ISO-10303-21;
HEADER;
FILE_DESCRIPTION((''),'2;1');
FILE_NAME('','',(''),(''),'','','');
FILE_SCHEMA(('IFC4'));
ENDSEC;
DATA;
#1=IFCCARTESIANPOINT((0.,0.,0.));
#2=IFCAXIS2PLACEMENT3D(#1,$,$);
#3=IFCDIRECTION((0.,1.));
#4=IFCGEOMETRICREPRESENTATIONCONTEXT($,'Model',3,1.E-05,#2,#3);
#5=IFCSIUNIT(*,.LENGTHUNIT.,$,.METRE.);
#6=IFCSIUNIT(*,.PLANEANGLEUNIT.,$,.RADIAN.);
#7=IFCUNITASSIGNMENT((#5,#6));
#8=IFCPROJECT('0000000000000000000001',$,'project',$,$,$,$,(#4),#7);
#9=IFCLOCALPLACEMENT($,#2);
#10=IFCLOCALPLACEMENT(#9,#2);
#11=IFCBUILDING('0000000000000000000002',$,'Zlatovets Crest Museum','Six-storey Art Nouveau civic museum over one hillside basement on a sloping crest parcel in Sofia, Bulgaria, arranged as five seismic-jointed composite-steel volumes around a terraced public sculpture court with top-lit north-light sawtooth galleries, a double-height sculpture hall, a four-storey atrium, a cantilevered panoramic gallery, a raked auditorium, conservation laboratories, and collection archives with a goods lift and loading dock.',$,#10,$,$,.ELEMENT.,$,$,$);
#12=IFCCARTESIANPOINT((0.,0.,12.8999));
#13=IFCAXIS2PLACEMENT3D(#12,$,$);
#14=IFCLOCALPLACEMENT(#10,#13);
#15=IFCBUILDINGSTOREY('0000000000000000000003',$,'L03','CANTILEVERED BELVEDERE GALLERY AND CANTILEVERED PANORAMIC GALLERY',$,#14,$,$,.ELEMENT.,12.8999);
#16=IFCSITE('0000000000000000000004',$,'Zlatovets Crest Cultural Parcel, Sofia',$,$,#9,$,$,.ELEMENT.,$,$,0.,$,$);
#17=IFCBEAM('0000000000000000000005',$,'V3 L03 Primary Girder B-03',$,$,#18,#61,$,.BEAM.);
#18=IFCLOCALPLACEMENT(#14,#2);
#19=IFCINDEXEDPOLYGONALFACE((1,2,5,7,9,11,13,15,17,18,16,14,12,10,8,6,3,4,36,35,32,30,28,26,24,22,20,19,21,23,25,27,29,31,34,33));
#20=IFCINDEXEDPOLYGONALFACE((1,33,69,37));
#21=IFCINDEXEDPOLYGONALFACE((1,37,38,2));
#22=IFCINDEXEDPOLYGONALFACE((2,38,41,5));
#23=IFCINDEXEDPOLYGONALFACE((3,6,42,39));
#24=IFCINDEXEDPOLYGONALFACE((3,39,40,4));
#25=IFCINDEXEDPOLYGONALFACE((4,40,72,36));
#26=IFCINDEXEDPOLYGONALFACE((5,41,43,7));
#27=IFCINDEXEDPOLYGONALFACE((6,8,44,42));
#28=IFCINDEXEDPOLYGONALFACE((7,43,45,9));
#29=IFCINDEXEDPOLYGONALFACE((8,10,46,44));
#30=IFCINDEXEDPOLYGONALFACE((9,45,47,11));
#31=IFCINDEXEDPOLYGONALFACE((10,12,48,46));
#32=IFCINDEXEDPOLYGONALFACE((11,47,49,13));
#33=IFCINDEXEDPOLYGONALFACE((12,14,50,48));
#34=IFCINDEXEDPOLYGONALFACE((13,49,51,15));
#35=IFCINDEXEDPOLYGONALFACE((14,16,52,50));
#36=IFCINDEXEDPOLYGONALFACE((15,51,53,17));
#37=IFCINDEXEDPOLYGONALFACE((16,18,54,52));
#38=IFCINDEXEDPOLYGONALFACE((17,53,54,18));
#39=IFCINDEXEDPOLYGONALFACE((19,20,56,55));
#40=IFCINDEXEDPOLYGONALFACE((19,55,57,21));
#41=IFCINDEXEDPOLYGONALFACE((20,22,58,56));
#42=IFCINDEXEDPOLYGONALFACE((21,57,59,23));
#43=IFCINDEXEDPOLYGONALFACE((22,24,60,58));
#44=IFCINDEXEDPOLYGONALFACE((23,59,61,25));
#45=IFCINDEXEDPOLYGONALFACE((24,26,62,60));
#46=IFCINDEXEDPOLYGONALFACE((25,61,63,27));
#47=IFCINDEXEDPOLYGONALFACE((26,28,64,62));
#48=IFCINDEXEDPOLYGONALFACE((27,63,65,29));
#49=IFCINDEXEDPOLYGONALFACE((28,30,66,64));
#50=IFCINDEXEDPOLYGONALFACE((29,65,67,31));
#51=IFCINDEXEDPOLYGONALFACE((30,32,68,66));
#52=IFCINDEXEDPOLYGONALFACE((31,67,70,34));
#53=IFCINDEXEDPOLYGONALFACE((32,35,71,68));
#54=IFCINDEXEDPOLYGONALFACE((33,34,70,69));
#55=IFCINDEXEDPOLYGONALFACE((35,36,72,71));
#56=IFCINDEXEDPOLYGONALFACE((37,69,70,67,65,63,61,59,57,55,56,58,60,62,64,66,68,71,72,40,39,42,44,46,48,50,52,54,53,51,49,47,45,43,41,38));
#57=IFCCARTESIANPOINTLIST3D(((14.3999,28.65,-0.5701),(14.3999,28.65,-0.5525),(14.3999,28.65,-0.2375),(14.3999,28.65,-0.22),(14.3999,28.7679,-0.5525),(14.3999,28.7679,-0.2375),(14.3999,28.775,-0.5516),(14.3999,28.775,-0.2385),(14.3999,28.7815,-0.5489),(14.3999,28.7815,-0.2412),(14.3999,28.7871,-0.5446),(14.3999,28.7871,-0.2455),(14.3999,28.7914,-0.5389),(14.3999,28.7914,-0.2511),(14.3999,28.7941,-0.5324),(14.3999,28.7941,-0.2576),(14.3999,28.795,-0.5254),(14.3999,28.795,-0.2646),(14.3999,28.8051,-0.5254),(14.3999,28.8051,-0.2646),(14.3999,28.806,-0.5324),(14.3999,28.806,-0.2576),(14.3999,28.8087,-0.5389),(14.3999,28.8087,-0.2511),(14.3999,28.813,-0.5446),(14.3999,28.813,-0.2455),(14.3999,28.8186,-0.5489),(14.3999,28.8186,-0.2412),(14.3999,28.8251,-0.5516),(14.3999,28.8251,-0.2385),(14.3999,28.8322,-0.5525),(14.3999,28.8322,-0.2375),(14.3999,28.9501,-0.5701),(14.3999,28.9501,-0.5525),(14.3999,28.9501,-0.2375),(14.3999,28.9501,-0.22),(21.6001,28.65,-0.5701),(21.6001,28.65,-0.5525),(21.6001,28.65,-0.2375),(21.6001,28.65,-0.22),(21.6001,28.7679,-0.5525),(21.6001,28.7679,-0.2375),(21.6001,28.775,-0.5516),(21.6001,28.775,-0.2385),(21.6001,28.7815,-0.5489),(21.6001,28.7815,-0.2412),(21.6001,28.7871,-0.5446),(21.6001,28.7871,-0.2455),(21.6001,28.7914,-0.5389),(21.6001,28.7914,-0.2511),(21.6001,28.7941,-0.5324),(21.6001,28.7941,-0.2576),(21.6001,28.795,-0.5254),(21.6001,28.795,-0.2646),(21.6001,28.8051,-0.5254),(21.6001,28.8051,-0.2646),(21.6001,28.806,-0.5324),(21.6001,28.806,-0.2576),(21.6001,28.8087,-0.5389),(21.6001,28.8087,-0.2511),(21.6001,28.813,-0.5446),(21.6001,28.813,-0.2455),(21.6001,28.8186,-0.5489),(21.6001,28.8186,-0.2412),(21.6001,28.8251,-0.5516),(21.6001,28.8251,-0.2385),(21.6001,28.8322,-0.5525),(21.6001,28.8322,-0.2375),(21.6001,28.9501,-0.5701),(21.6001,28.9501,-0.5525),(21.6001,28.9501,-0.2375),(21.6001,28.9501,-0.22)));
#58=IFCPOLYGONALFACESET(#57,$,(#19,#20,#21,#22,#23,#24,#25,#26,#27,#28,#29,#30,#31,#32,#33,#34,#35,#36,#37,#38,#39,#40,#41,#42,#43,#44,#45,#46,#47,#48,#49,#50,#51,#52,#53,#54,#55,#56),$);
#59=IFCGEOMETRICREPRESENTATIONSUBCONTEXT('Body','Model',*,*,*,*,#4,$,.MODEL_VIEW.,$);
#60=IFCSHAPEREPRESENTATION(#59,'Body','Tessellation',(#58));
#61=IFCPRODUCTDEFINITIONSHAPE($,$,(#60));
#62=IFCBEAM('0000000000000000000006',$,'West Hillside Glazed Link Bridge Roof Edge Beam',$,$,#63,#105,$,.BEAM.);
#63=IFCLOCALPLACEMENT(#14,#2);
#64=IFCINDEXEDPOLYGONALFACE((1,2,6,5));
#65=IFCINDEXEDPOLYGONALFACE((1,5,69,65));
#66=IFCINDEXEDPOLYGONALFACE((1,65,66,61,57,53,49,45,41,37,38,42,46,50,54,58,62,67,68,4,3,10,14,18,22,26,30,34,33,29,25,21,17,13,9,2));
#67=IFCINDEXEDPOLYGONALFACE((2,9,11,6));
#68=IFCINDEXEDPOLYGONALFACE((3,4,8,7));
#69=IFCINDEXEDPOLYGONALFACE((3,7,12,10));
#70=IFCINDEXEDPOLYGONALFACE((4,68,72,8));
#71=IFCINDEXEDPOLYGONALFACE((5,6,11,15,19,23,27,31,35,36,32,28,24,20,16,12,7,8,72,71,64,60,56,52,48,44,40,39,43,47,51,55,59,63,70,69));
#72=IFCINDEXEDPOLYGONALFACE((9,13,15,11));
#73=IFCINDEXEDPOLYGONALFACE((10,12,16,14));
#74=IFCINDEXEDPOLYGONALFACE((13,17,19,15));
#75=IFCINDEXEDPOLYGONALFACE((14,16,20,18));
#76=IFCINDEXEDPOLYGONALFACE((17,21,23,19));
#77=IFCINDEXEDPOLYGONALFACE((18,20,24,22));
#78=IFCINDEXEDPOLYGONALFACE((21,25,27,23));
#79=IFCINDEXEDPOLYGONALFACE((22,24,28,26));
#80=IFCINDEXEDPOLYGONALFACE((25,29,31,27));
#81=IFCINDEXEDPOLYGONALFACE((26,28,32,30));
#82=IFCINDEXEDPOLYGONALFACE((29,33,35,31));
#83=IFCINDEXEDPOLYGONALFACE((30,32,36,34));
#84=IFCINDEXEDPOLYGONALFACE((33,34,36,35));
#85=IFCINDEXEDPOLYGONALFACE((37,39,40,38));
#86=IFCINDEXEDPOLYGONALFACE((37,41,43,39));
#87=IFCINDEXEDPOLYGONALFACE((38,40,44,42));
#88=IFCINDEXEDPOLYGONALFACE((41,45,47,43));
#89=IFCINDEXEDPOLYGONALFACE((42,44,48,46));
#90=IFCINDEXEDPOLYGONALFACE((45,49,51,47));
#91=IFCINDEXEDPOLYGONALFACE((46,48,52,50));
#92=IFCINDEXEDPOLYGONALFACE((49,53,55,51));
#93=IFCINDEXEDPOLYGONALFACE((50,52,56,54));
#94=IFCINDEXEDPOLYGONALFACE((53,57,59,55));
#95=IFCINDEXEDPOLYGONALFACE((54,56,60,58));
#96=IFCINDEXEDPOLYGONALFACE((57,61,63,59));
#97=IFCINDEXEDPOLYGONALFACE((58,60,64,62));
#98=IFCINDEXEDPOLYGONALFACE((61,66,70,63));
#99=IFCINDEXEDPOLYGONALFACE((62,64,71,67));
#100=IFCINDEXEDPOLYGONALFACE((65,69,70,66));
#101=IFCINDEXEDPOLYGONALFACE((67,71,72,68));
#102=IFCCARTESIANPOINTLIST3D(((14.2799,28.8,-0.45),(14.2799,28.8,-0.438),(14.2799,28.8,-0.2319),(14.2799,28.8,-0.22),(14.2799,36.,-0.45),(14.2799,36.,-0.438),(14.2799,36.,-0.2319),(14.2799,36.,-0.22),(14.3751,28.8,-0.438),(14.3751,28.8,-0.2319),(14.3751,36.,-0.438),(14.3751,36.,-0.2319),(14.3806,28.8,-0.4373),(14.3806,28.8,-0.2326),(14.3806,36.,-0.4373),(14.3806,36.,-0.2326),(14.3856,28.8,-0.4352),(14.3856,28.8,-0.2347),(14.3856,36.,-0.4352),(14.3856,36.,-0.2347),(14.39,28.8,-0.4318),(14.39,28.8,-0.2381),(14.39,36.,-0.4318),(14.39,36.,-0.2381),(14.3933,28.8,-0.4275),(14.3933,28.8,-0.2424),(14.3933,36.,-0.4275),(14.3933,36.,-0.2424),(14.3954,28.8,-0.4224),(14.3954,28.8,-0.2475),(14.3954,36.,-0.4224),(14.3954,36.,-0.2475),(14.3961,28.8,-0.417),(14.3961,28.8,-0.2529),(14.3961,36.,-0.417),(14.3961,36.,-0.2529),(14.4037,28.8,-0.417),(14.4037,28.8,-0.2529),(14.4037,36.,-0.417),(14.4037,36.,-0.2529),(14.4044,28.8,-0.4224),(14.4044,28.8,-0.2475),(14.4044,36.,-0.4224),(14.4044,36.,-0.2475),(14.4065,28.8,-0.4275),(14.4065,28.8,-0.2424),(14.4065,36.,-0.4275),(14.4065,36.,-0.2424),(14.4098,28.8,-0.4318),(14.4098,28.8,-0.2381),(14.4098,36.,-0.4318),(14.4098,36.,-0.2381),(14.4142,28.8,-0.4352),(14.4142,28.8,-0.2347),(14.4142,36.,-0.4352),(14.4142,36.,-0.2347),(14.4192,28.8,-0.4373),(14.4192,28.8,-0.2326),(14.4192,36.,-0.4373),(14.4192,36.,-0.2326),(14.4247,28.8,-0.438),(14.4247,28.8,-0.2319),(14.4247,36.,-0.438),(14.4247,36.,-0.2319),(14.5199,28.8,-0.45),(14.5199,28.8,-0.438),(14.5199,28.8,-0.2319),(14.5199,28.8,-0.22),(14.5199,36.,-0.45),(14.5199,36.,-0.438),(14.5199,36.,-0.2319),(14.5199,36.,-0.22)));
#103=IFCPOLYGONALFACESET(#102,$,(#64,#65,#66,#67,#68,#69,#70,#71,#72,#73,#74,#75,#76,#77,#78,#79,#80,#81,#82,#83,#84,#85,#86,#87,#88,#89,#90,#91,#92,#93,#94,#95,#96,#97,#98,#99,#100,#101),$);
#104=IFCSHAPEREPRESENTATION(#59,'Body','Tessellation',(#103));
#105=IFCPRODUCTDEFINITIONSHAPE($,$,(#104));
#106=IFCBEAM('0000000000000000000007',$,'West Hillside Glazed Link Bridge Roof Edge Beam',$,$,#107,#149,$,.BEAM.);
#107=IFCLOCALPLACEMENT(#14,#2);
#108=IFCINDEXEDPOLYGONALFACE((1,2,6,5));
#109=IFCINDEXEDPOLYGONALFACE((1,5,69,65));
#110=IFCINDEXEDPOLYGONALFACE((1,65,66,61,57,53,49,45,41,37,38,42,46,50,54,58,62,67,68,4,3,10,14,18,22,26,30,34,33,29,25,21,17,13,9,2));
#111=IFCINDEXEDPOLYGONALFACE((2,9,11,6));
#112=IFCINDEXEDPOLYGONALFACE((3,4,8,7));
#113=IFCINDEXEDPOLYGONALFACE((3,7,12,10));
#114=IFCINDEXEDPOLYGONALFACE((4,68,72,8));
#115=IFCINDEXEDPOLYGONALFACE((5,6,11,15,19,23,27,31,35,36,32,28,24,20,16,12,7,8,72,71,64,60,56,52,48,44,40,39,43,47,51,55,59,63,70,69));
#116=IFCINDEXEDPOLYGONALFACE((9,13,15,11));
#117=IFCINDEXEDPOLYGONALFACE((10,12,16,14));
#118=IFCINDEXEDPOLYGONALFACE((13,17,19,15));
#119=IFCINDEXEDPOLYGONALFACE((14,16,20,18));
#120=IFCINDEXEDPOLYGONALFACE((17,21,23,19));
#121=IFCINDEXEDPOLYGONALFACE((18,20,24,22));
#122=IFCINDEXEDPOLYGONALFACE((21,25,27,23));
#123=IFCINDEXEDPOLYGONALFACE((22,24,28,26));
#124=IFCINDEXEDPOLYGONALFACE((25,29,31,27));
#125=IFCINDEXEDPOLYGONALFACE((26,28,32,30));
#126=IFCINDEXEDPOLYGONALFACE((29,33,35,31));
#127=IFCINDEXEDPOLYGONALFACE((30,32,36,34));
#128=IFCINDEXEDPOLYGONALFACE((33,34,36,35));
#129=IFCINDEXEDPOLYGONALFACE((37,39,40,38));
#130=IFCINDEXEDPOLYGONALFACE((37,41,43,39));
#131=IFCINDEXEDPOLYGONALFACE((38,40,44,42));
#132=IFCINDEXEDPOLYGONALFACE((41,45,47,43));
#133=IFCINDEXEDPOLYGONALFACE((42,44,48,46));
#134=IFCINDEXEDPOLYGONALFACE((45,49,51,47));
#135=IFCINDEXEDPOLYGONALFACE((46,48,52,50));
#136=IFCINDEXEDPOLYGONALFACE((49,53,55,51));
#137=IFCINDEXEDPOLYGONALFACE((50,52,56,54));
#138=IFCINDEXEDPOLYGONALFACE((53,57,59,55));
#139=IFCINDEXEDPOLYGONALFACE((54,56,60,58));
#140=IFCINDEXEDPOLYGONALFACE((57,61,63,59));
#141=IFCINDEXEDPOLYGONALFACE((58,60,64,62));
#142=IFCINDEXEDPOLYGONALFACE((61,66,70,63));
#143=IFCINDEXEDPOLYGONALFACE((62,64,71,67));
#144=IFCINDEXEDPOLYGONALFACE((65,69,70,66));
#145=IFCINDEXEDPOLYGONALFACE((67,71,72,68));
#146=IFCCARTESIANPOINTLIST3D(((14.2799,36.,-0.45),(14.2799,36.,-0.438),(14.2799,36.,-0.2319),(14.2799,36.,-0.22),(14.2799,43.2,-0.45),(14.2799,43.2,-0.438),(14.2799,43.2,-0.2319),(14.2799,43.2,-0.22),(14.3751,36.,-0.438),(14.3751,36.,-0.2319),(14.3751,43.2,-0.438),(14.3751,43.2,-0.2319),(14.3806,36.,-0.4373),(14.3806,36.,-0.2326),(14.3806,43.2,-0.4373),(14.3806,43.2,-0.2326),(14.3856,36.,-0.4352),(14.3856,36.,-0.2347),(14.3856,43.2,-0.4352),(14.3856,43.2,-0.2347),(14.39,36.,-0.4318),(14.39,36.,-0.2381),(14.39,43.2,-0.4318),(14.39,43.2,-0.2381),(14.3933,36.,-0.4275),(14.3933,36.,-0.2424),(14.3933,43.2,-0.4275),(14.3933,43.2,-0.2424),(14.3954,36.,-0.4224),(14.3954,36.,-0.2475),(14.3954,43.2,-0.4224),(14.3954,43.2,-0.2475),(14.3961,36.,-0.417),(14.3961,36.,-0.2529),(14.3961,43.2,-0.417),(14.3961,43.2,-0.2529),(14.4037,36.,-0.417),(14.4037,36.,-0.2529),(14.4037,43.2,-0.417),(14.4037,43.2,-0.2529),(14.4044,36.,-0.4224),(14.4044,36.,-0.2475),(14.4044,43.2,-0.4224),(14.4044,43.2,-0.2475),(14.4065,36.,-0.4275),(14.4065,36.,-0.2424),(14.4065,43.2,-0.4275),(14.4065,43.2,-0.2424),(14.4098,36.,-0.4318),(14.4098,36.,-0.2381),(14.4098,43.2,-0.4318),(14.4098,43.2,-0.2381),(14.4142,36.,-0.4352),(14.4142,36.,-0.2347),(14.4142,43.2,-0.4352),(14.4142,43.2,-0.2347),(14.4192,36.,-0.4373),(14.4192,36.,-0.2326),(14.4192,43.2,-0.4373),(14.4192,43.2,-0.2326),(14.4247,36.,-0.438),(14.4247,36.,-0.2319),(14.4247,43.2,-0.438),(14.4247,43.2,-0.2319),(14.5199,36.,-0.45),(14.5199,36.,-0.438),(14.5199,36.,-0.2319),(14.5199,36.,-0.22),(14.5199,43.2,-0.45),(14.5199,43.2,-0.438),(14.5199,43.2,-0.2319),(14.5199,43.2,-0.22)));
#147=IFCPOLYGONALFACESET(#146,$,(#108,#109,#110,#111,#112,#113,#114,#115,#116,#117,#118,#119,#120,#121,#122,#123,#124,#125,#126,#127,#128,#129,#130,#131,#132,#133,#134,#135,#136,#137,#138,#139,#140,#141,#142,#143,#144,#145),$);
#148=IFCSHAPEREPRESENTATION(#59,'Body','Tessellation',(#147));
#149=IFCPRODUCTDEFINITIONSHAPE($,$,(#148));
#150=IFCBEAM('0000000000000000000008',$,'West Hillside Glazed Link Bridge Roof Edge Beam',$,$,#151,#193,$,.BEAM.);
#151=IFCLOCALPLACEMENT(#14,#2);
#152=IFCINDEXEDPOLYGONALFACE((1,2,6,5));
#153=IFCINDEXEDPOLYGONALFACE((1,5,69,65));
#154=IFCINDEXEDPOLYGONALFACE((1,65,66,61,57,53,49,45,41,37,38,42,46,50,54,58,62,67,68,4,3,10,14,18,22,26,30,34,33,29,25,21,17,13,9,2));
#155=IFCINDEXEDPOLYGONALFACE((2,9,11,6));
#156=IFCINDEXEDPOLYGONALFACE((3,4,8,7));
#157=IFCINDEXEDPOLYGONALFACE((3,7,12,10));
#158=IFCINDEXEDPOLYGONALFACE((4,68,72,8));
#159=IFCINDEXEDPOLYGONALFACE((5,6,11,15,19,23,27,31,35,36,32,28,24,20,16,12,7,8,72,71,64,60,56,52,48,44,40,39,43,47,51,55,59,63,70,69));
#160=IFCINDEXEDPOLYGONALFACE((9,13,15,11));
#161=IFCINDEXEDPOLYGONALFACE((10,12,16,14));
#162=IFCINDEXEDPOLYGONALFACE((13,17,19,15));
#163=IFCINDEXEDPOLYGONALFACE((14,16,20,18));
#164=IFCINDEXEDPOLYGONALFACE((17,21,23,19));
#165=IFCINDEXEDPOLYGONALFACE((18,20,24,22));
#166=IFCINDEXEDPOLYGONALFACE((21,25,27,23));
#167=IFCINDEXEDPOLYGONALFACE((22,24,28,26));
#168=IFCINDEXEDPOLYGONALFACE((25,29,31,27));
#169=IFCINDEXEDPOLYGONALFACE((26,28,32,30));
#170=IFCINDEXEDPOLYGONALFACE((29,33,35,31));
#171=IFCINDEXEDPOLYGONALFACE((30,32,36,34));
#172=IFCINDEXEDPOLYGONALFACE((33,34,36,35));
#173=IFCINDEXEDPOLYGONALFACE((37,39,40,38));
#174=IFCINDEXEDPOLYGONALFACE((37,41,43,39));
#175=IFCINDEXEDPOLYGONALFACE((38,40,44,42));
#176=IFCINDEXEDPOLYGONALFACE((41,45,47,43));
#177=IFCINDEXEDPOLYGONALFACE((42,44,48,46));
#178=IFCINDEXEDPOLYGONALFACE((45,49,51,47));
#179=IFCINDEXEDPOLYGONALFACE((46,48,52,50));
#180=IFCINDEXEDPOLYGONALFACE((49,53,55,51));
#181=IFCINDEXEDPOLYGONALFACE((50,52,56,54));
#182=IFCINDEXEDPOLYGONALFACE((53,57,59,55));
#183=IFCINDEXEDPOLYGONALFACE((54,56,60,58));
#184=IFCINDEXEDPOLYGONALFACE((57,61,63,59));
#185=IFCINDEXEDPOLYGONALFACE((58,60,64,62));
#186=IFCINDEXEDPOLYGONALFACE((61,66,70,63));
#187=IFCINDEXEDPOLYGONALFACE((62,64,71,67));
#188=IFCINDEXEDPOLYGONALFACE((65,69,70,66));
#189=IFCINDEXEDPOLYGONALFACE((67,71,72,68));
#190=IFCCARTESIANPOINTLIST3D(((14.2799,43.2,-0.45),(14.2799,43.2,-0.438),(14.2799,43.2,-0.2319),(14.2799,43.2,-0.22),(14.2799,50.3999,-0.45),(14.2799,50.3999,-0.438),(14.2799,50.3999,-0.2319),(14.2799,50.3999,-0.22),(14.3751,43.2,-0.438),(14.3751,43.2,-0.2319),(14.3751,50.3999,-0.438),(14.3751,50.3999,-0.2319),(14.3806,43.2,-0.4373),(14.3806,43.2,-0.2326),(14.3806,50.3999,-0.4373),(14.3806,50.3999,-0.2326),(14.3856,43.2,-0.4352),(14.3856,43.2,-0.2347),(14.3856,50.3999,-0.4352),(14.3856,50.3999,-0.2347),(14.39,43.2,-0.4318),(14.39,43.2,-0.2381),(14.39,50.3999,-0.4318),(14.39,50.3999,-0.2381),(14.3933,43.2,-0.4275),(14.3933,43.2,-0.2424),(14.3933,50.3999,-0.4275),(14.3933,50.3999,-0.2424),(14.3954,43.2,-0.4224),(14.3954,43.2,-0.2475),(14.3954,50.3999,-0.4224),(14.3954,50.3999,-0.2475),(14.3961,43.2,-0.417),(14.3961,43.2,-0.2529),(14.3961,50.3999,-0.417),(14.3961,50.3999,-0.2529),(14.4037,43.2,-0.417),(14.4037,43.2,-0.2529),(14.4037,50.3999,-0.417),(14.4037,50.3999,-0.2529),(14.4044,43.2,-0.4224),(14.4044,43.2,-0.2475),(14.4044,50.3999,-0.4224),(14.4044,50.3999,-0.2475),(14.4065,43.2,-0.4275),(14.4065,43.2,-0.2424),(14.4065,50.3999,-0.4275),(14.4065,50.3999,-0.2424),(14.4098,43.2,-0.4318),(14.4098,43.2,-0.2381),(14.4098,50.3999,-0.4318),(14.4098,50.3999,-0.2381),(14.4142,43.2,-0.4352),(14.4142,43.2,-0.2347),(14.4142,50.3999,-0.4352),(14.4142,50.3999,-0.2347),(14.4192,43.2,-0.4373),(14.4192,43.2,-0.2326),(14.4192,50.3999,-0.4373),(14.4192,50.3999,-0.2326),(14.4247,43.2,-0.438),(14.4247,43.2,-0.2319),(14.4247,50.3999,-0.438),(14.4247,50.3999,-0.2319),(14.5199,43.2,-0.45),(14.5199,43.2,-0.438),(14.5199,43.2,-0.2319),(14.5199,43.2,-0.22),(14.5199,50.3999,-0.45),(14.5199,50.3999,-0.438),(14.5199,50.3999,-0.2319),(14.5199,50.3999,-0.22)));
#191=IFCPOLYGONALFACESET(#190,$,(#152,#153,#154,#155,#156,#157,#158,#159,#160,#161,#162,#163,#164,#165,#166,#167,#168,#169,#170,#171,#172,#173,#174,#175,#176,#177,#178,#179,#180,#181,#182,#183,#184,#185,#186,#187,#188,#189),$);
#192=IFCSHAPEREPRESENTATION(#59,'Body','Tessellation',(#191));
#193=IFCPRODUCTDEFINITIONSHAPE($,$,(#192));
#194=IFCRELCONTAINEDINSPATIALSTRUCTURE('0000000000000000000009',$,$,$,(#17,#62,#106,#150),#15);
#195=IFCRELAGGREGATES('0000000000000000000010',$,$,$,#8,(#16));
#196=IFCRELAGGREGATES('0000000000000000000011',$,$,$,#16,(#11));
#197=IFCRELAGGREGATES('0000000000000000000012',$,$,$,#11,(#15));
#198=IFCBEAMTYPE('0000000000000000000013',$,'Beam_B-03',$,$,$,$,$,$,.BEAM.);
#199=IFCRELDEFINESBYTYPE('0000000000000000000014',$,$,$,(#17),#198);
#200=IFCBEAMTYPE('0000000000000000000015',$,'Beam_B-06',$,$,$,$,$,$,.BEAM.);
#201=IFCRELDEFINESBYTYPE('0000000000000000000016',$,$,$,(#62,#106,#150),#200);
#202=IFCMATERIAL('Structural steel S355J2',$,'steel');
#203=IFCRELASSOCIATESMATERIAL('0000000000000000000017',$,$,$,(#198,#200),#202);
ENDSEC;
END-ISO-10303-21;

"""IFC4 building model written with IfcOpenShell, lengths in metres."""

from ifc_helpers import new_model, si_unit, direction, frame, origin, origin_2d, place, context, subcontext, project, spatial, i_section, extrude, material, material_profile, profile_set, type_object, element, save


model = new_model("IFC4")

# Units and contexts
model_context = context("Model", 3, precision=1e-05, world=origin(), true_north=direction((0.0, 1.0)))
body_context = subcontext(model_context, "Body", "Model", "MODEL_VIEW")
ifc_project = project(units=[si_unit("LENGTHUNIT", "METRE"), si_unit("PLANEANGLEUNIT", "RADIAN")], contexts=[model_context])

# Site, building, storey
site_placement = place(None, origin())
site = spatial("IfcSite", under=ifc_project, at=site_placement, Name="Zlatovets Crest Cultural Parcel, Sofia", CompositionType="ELEMENT", RefElevation=0.0)
building_placement = place(site_placement, origin())
building = spatial("IfcBuilding", under=site, at=building_placement, Name="Zlatovets Crest Museum", Description="Six-storey Art Nouveau civic museum over one hillside basement on a sloping crest parcel in Sofia, Bulgaria, arranged as five seismic-jointed composite-steel volumes around a terraced public sculpture court with top-lit north-light sawtooth galleries, a double-height sculpture hall, a four-storey atrium, a cantilevered panoramic gallery, a raked auditorium, conservation laboratories, and collection archives with a goods lift and loading dock.", CompositionType="ELEMENT")
storey_placement = place(building_placement, frame((0.0, 0.0, 12.8999)))
storey = spatial("IfcBuildingStorey", under=building, at=storey_placement, Name="L03", Description="CANTILEVERED BELVEDERE GALLERY AND CANTILEVERED PANORAMIC GALLERY", CompositionType="ELEMENT", Elevation=12.8999)

# Shared definitions
ifc_material_1 = material(Name="Structural steel S355J2", Category="steel")

# Beams
ifc_material_profile_1 = material_profile(ifc_material_1, i_section(OverallWidth=0.3, OverallDepth=0.3501, WebThickness=0.01, FlangeThickness=0.0176, FilletRadius=0.0271, at=origin_2d()), Name="HEA 360")
ifc_profile_set_1 = profile_set([ifc_material_profile_1], Name="Structural steel S355J2")
beam_type_1 = type_object("IfcBeamType", Name="Beam_B-03", PredefinedType="BEAM", material=ifc_profile_set_1)
beam_1_placement = place(storey_placement, frame((14.3999, 28.8, -0.395), z_axis=(1.0, 0.0, 0.0), x_axis=(0.0, 1.0, 0.0)))
element("IfcBeam", 1, at=beam_1_placement, inside=storey, type_object=beam_type_1, Name="V3 L03 Primary Girder B-03", PredefinedType="BEAM", context=body_context, shape_type="SweptSolid", body=[
    extrude(i_section(OverallWidth=0.3, OverallDepth=0.3501, WebThickness=0.01, FlangeThickness=0.0176, FilletRadius=0.0271, at=origin_2d()), origin(), (0.0, 0.0, 1.0), 7.2002),
])
ifc_material_profile_2 = material_profile(ifc_material_1, i_section(OverallWidth=0.24, OverallDepth=0.23, WebThickness=0.0076, FlangeThickness=0.012, FilletRadius=0.021, at=origin_2d()), Name="HEA 240")
ifc_profile_set_2 = profile_set([ifc_material_profile_2], Name="Structural steel S355J2")
beam_type_2 = type_object("IfcBeamType", Name="Beam_B-06", PredefinedType="BEAM", material=ifc_profile_set_2)
for number, where, z_axis, x_axis, name in (
    (2, (14.3999, 28.8, -0.335), (0.0, 1.0, 0.0), (-1.0, 0.0, 0.0), "West Hillside Glazed Link Bridge Roof Edge Beam"),
    (3, (14.3999, 36.0, -0.335), (0.0, 1.0, 0.0), (-1.0, 0.0, 0.0), "West Hillside Glazed Link Bridge Roof Edge Beam"),
    (4, (14.3999, 43.2, -0.335), (0.0, 1.0, 0.0), (-1.0, 0.0, 0.0), "West Hillside Glazed Link Bridge Roof Edge Beam"),
):
    element("IfcBeam", number, at=place(storey_placement, frame(where, z_axis=z_axis, x_axis=x_axis)), inside=storey, type_object=beam_type_2, Name=name, PredefinedType="BEAM", context=body_context, shape_type="SweptSolid", body=[
        extrude(i_section(OverallWidth=0.24, OverallDepth=0.23, WebThickness=0.0076, FlangeThickness=0.012, FilletRadius=0.021, at=origin_2d()), origin(), (0.0, 0.0, 1.0), 7.2),
    ])

save(model, "model.ifc")
